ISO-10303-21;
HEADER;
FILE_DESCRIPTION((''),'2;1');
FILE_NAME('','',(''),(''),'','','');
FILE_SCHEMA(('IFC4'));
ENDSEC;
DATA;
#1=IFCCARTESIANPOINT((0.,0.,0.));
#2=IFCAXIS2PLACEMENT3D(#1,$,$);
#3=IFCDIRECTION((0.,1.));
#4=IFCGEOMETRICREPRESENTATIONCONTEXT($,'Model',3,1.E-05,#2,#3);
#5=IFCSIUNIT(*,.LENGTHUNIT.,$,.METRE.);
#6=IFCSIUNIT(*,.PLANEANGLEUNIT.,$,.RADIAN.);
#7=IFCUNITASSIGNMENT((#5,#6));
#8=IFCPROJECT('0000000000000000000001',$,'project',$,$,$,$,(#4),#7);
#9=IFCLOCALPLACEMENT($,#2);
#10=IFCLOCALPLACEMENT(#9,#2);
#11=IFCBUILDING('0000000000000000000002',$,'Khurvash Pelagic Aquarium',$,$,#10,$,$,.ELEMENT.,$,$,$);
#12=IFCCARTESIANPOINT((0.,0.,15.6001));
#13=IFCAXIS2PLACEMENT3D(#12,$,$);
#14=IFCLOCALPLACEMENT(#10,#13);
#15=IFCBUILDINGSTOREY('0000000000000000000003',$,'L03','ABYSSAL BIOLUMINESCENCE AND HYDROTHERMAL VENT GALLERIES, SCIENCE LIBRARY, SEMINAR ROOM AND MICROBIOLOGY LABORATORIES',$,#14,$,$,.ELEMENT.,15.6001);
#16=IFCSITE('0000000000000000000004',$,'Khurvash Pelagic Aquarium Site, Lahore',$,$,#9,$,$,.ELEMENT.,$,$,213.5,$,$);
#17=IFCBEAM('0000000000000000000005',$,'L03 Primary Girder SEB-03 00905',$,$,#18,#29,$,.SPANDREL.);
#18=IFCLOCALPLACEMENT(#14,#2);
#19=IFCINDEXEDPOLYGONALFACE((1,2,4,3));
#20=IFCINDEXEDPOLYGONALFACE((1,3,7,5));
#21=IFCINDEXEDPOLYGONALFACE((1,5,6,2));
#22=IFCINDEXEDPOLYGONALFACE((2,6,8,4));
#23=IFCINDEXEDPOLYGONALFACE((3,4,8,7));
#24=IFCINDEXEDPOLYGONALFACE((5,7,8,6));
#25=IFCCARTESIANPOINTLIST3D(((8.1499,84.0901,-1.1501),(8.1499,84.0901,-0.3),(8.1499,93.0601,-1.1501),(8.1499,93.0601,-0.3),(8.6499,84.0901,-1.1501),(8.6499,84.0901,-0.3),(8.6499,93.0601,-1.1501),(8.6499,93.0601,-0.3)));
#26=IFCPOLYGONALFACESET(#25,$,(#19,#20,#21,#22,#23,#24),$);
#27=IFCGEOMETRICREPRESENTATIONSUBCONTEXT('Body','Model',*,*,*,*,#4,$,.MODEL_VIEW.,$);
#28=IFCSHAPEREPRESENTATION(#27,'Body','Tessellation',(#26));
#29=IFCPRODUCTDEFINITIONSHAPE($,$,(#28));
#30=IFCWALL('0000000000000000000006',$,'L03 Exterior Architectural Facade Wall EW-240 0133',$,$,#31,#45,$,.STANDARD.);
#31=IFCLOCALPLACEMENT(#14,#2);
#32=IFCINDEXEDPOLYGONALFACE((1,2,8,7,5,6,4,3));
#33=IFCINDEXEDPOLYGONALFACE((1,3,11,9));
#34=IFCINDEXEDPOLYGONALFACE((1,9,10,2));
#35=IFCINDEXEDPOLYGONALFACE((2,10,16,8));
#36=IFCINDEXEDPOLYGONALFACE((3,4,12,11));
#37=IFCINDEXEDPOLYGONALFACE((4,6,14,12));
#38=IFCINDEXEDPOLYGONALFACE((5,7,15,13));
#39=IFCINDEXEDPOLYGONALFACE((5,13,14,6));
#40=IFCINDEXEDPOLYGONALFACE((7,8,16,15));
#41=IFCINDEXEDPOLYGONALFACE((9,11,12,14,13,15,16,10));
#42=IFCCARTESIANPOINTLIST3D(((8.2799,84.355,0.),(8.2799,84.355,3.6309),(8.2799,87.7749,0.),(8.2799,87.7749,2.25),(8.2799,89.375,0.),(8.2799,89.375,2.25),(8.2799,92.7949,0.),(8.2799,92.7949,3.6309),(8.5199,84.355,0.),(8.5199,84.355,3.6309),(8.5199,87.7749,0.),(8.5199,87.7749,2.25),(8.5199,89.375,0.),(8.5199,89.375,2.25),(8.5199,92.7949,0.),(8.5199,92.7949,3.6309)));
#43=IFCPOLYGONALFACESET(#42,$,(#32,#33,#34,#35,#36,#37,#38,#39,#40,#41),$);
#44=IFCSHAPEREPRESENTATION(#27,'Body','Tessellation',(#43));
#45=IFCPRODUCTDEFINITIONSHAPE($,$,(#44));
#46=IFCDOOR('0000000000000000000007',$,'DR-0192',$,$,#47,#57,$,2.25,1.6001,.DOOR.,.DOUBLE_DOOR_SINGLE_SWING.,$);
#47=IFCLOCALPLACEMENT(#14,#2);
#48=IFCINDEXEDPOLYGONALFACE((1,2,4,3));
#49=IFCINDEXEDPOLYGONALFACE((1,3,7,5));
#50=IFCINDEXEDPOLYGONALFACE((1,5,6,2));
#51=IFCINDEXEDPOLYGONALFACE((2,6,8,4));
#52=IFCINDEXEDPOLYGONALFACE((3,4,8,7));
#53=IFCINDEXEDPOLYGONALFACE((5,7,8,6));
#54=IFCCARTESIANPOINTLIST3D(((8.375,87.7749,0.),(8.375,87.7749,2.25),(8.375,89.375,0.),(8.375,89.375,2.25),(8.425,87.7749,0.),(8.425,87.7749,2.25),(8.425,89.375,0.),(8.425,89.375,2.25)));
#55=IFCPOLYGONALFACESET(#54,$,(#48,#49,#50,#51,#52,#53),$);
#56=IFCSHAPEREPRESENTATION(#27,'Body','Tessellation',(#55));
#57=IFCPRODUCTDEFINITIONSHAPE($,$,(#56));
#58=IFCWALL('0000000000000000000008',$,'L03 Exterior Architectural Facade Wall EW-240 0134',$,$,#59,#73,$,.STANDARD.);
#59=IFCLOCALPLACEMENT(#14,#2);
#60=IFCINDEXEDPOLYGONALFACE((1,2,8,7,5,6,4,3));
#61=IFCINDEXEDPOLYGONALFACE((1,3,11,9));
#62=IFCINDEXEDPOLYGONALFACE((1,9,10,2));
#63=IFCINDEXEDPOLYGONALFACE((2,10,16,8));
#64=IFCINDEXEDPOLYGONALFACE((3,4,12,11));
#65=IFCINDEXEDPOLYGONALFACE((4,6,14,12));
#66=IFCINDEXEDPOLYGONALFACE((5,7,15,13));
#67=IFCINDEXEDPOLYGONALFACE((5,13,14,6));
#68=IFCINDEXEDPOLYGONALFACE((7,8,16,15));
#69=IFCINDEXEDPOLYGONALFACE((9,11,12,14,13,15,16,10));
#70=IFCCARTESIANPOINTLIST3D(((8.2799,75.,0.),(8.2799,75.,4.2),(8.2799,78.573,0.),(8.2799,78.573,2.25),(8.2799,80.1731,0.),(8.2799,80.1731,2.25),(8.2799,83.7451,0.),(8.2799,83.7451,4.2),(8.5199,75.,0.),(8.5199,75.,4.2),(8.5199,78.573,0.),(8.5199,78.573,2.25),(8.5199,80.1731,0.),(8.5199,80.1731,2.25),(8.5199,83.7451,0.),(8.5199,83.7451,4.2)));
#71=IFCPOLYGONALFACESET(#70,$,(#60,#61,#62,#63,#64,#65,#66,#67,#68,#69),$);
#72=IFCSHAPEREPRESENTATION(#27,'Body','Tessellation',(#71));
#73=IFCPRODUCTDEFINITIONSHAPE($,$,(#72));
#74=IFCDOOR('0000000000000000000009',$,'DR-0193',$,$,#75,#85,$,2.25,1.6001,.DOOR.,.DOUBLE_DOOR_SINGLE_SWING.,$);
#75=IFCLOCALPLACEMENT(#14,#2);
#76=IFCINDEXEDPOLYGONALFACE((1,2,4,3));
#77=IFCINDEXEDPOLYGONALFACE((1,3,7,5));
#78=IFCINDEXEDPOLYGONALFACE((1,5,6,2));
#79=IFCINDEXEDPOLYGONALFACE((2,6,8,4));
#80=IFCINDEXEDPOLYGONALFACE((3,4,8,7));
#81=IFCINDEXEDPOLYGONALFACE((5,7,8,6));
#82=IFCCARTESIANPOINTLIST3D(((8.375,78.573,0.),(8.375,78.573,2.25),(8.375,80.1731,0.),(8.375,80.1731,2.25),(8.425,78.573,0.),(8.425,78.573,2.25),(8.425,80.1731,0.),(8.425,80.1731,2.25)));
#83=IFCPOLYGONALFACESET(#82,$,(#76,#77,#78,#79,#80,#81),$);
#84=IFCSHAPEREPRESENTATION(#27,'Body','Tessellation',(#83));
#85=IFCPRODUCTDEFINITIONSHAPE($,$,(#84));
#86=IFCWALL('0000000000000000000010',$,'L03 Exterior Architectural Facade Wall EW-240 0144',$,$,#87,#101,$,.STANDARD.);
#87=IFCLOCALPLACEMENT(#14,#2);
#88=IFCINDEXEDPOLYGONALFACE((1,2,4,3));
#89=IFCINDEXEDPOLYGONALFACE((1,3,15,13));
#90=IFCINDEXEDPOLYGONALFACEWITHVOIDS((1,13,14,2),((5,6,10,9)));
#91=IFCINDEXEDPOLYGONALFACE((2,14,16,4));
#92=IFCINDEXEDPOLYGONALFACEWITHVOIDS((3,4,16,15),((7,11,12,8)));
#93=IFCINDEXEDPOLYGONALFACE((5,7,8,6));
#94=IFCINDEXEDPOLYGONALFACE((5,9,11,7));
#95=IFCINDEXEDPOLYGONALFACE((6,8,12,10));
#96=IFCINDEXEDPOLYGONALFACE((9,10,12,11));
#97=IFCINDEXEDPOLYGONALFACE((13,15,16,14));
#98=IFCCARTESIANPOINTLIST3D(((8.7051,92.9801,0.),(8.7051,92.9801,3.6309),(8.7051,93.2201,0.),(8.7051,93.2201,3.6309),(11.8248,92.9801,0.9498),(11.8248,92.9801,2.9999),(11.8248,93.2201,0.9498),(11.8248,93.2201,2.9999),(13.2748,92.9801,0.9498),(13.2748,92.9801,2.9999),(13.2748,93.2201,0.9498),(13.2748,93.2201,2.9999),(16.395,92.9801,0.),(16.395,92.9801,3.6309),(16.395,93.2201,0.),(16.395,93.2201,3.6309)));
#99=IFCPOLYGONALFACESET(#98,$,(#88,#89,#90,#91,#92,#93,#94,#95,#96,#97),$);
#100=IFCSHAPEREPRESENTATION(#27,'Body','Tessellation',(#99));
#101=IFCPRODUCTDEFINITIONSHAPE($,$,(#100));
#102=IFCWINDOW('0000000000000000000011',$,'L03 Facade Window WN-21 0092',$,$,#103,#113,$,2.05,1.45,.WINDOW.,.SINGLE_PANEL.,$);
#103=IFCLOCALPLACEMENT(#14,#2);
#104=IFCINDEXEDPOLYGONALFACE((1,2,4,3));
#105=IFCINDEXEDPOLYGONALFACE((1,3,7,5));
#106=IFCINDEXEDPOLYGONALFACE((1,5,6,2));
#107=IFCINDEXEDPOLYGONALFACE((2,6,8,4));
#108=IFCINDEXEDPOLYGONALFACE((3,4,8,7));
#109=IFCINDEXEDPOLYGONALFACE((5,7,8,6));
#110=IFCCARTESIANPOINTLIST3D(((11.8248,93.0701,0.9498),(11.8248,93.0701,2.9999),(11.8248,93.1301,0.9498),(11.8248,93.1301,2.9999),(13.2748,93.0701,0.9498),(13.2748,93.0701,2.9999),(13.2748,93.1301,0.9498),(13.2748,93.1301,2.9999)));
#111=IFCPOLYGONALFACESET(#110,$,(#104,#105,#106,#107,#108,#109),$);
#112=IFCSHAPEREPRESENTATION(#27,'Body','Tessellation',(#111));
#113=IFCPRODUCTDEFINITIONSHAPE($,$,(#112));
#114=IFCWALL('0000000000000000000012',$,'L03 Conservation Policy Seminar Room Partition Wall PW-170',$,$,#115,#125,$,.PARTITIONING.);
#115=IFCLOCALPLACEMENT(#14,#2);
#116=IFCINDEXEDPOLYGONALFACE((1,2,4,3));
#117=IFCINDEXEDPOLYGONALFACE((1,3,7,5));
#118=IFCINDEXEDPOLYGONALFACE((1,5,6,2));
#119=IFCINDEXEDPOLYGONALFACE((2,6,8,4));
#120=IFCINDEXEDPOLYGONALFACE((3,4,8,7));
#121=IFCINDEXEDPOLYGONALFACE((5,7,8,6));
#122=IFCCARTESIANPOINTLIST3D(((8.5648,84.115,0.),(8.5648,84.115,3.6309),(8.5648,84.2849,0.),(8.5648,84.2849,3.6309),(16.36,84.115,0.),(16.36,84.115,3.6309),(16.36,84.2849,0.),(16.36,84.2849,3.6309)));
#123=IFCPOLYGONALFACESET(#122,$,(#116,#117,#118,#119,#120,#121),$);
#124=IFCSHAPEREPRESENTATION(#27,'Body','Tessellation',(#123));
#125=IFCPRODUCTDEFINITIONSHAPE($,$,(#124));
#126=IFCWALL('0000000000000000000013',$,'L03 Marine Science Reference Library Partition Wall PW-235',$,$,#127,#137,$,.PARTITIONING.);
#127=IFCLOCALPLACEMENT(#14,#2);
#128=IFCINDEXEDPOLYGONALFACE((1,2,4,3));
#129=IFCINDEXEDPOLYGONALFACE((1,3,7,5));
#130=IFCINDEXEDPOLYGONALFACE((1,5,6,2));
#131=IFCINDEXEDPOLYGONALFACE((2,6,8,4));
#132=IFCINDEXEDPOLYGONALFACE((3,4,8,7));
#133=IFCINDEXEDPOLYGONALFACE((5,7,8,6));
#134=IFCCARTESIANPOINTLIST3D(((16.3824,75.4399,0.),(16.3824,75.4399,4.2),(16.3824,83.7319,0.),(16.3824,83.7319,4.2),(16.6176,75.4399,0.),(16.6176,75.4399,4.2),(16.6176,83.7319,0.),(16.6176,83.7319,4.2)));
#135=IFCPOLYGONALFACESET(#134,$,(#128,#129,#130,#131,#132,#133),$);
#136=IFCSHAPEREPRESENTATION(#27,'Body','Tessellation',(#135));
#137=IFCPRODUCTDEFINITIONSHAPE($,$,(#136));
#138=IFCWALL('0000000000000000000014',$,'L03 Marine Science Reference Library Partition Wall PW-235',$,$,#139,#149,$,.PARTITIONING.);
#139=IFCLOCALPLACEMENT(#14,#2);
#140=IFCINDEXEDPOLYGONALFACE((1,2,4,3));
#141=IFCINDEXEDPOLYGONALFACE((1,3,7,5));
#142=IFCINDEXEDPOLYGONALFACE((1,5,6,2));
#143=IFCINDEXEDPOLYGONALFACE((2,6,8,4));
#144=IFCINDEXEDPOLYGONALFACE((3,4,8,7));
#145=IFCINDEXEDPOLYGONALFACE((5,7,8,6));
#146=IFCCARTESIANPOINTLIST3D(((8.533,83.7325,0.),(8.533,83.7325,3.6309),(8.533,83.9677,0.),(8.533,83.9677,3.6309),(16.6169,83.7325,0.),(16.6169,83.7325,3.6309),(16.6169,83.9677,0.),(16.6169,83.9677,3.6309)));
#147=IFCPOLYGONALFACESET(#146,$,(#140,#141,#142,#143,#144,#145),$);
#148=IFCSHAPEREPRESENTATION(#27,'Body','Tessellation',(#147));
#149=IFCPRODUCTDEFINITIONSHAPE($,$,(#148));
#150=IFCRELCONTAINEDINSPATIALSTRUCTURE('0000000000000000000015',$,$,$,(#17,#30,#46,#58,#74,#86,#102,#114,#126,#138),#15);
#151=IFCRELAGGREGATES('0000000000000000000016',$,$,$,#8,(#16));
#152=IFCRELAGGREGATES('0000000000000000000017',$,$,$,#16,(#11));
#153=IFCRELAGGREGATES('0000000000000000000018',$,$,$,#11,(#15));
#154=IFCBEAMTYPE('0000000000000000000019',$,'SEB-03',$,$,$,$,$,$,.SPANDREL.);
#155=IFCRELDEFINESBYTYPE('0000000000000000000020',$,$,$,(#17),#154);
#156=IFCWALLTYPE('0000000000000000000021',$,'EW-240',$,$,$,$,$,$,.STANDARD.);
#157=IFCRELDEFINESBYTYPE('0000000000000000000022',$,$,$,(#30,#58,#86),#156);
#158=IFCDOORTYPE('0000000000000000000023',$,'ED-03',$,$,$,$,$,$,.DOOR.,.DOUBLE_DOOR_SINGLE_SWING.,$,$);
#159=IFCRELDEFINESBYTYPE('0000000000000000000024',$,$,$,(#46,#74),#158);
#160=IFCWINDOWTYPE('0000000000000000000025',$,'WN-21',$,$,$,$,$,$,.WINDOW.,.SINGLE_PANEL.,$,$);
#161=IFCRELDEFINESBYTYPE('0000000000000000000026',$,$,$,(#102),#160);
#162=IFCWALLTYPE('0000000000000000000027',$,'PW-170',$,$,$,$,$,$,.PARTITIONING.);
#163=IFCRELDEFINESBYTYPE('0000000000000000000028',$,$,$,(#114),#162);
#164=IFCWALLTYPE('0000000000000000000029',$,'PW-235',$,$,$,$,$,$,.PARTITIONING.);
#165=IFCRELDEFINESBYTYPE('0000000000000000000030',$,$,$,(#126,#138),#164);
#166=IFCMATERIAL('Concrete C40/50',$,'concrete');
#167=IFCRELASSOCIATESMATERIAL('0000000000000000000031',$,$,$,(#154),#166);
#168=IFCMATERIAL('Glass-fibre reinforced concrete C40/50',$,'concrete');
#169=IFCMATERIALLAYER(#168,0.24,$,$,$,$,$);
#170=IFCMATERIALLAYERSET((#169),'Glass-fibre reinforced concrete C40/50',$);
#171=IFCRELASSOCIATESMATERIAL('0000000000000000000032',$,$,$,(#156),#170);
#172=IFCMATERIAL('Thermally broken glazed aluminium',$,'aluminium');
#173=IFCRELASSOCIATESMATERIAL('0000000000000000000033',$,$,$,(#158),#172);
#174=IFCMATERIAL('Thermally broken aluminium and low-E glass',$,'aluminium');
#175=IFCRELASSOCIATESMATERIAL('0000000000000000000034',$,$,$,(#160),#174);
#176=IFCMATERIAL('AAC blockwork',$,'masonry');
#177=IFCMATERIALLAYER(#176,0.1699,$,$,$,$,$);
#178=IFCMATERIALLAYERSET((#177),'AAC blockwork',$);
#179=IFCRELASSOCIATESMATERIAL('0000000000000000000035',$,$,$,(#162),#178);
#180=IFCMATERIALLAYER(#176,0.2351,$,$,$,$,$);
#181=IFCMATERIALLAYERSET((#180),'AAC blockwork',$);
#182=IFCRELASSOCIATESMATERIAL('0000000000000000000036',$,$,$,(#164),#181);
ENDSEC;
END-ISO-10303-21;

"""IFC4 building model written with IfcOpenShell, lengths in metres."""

from ifc_helpers import new_model, si_unit, direction, frame, frame_2d, origin, origin_2d, place, context, subcontext, project, spatial, rectangle, extrude, material, layer, layer_set, material_profile, profile_set, type_object, element, fill, save


model = new_model("IFC4")

# Units and contexts
model_context = context("Model", 3, precision=1e-05, world=origin(), true_north=direction((0.0, 1.0)))
body_context = subcontext(model_context, "Body", "Model", "MODEL_VIEW")
ifc_project = project(units=[si_unit("LENGTHUNIT", "METRE"), si_unit("PLANEANGLEUNIT", "RADIAN")], contexts=[model_context])

# Site, building, storey
site_placement = place(None, origin())
site = spatial("IfcSite", under=ifc_project, at=site_placement, Name="Khurvash Pelagic Aquarium Site, Lahore", CompositionType="ELEMENT", RefElevation=213.5)
building_placement = place(site_placement, origin())
building = spatial("IfcBuilding", under=site, at=building_placement, Name="Khurvash Pelagic Aquarium", CompositionType="ELEMENT")
storey_placement = place(building_placement, frame((0.0, 0.0, 15.6001)))
storey = spatial("IfcBuildingStorey", under=building, at=storey_placement, Name="L03", Description="ABYSSAL BIOLUMINESCENCE AND HYDROTHERMAL VENT GALLERIES, SCIENCE LIBRARY, SEMINAR ROOM AND MICROBIOLOGY LABORATORIES", CompositionType="ELEMENT", Elevation=15.6001)

# Shared definitions
ifc_material_1 = material(Name="Concrete C40/50", Category="concrete")

# Beam
ifc_material_profile_1 = material_profile(ifc_material_1, rectangle(XDim=0.5, YDim=0.8501, at=origin_2d()), Name="RC500X850")
ifc_profile_set_1 = profile_set([ifc_material_profile_1], Name="Concrete C40/50")
beam_type_1 = type_object("IfcBeamType", Name="SEB-03", PredefinedType="SPANDREL", material=ifc_profile_set_1)
for number, where, z_axis, x_axis, name in (
    (1, (8.3999, 84.0901, -0.7251), (0.0, 1.0, 0.0), (-1.0, 0.0, 0.0), "L03 Primary Girder SEB-03 00905"),
):
    element("IfcBeam", number, at=place(storey_placement, frame(where, z_axis=z_axis, x_axis=x_axis)), inside=storey, type_object=beam_type_1, Name=name, PredefinedType="SPANDREL", context=body_context, shape_type="SweptSolid", body=[
        extrude(rectangle(XDim=0.5, YDim=0.8501, at=origin_2d()), origin(), (0.0, 0.0, 1.0), 8.97),
    ])

# Walls, openings, doors
ifc_material_2 = material(Name="Glass-fibre reinforced concrete C40/50", Category="concrete")
ifc_layer_1 = layer(ifc_material_2, 0.24)
ifc_layer_set_1 = layer_set([ifc_layer_1], Name="Glass-fibre reinforced concrete C40/50")
wall_type_1 = type_object("IfcWallType", Name="EW-240", PredefinedType="STANDARD", material=ifc_layer_set_1)
wall_1_placement = place(storey_placement, frame((8.3999, 92.7949, 0.0), z_axis=(0.0, 0.0, 1.0), x_axis=(0.0, -1.0, 0.0)))
wall_1 = element("IfcWall", 2, at=wall_1_placement, inside=storey, type_object=wall_type_1, Name="L03 Exterior Architectural Facade Wall EW-240 0133", PredefinedType="STANDARD", context=body_context, shape_type="SweptSolid", body=[
    extrude(rectangle(XDim=8.4399, YDim=0.24, at=frame_2d((4.22, 0.0))), origin(), (0.0, 0.0, 1.0), 3.6309),
])
opening_1_placement = place(wall_1_placement, frame((3.4199, 0.0, 0.0)))
opening_1 = element("IfcOpeningElement", 3, at=opening_1_placement, cuts=wall_1, PredefinedType="OPENING", context=body_context, shape_type="SweptSolid", body=[
    extrude(rectangle(XDim=1.6001, YDim=2.25, at=frame_2d((0.8, 1.125))), frame((0.0, 0.1299, 0.0), z_axis=(0.0, -1.0, 0.0), x_axis=(1.0, 0.0, 0.0)), (0.0, 0.0, 1.0), 0.26),
])
ifc_material_3 = material(Name="Thermally broken glazed aluminium", Category="aluminium")
door_type = type_object("IfcDoorType", Name="ED-03", OperationType="DOUBLE_DOOR_SINGLE_SWING", PredefinedType="DOOR", material=ifc_material_3)
door_1_placement = place(opening_1_placement, frame((1.6001, 0.0, 0.0), z_axis=(0.0, 0.0, 1.0), x_axis=(-1.0, 0.0, 0.0)))
door_1 = element("IfcDoor", 4, at=door_1_placement, inside=storey, type_object=door_type, Name="DR-0192", OperationType="DOUBLE_DOOR_SINGLE_SWING", OverallHeight=2.25, OverallWidth=1.6001, PredefinedType="DOOR", context=body_context, shape_type="SweptSolid", body=[
    extrude(rectangle(XDim=1.6001, YDim=2.25, at=frame_2d((0.8, 1.125))), frame((0.0, 0.0249, 0.0), z_axis=(0.0, -1.0, 0.0), x_axis=(1.0, 0.0, 0.0)), (0.0, 0.0, 1.0), 0.05),
])
fill(opening_1, door_1)
wall_2_placement = place(storey_placement, frame((8.3999, 83.7451, 0.0), z_axis=(0.0, 0.0, 1.0), x_axis=(0.0, -1.0, 0.0)))
wall_2 = element("IfcWall", 5, at=wall_2_placement, inside=storey, type_object=wall_type_1, Name="L03 Exterior Architectural Facade Wall EW-240 0134", PredefinedType="STANDARD", context=body_context, shape_type="SweptSolid", body=[
    extrude(rectangle(XDim=8.7451, YDim=0.24, at=frame_2d((4.3726, 0.0))), origin(), (0.0, 0.0, 1.0), 4.2),
])
opening_2_placement = place(wall_2_placement, frame((3.572, 0.0, 0.0)))
opening_2 = element("IfcOpeningElement", 6, at=opening_2_placement, cuts=wall_2, PredefinedType="OPENING", context=body_context, shape_type="SweptSolid", body=[
    extrude(rectangle(XDim=1.6001, YDim=2.25, at=frame_2d((0.8, 1.125))), frame((0.0, 0.1299, 0.0), z_axis=(0.0, -1.0, 0.0), x_axis=(1.0, 0.0, 0.0)), (0.0, 0.0, 1.0), 0.26),
])
door_2_placement = place(opening_2_placement, frame((1.6001, 0.0, 0.0), z_axis=(0.0, 0.0, 1.0), x_axis=(-1.0, 0.0, 0.0)))
door_2 = element("IfcDoor", 7, at=door_2_placement, inside=storey, type_object=door_type, Name="DR-0193", OperationType="DOUBLE_DOOR_SINGLE_SWING", OverallHeight=2.25, OverallWidth=1.6001, PredefinedType="DOOR", context=body_context, shape_type="SweptSolid", body=[
    extrude(rectangle(XDim=1.6001, YDim=2.25, at=frame_2d((0.8, 1.125))), frame((0.0, 0.0249, 0.0), z_axis=(0.0, -1.0, 0.0), x_axis=(1.0, 0.0, 0.0)), (0.0, 0.0, 1.0), 0.05),
])
fill(opening_2, door_2)

# Wall, opening, window
wall_3_placement = place(storey_placement, frame((16.395, 93.1001, 0.0), z_axis=(0.0, 0.0, 1.0), x_axis=(-1.0, 0.0, 0.0)))
wall_3 = element("IfcWall", 8, at=wall_3_placement, inside=storey, type_object=wall_type_1, Name="L03 Exterior Architectural Facade Wall EW-240 0144", PredefinedType="STANDARD", context=body_context, shape_type="SweptSolid", body=[
    extrude(rectangle(XDim=7.6899, YDim=0.24, at=frame_2d((3.845, 0.0))), origin(), (0.0, 0.0, 1.0), 3.6309),
])
opening_3_placement = place(wall_3_placement, frame((3.1201, 0.0, 0.95)))
opening_3 = element("IfcOpeningElement", 9, at=opening_3_placement, cuts=wall_3, PredefinedType="OPENING", context=body_context, shape_type="SweptSolid", body=[
    extrude(rectangle(XDim=1.45, YDim=2.05, at=frame_2d((0.7251, 1.0249))), frame((0.0, 0.1299, 0.0), z_axis=(0.0, -1.0, 0.0), x_axis=(1.0, 0.0, 0.0)), (0.0, 0.0, 1.0), 0.26),
])
ifc_material_4 = material(Name="Thermally broken aluminium and low-E glass", Category="aluminium")
window_type = type_object("IfcWindowType", Name="WN-21", PartitioningType="SINGLE_PANEL", PredefinedType="WINDOW", material=ifc_material_4)
window_placement = place(opening_3_placement, origin())
window = element("IfcWindow", 10, at=window_placement, inside=storey, type_object=window_type, Name="L03 Facade Window WN-21 0092", OverallHeight=2.05, OverallWidth=1.45, PartitioningType="SINGLE_PANEL", PredefinedType="WINDOW", context=body_context, shape_type="SweptSolid", body=[
    extrude(rectangle(XDim=1.45, YDim=2.05, at=frame_2d((0.7251, 1.0249))), frame((0.0, 0.03, 0.0), z_axis=(0.0, -1.0, 0.0), x_axis=(1.0, 0.0, 0.0)), (0.0, 0.0, 1.0), 0.0601),
])
fill(opening_3, window)

# Walls
ifc_material_5 = material(Name="AAC blockwork", Category="masonry")
ifc_layer_2 = layer(ifc_material_5, 0.1699)
ifc_layer_set_2 = layer_set([ifc_layer_2], Name="AAC blockwork")
wall_type_2 = type_object("IfcWallType", Name="PW-170", PredefinedType="PARTITIONING", material=ifc_layer_set_2)
wall_4_placement = place(storey_placement, frame((8.5649, 84.2, 0.0), z_axis=(0.0, 0.0, 1.0), x_axis=(1.0, 0.0, 0.0)))
element("IfcWall", 11, at=wall_4_placement, inside=storey, type_object=wall_type_2, Name="L03 Conservation Policy Seminar Room Partition Wall PW-170", PredefinedType="PARTITIONING", context=body_context, shape_type="SweptSolid", body=[
    extrude(rectangle(XDim=7.7952, YDim=0.1699, at=frame_2d((3.8975, 0.0))), origin(), (0.0, 0.0, 1.0), 3.6309),
])
ifc_layer_3 = layer(ifc_material_5, 0.2351)
ifc_layer_set_3 = layer_set([ifc_layer_3], Name="AAC blockwork")
wall_type_3 = type_object("IfcWallType", Name="PW-235", PredefinedType="PARTITIONING", material=ifc_layer_set_3)
wall_5_placement = place(storey_placement, frame((16.5, 75.4399, 0.0), z_axis=(0.0, 0.0, 1.0), x_axis=(0.0, 1.0, 0.0)))
element("IfcWall", 12, at=wall_5_placement, inside=storey, type_object=wall_type_3, Name="L03 Marine Science Reference Library Partition Wall PW-235", PredefinedType="PARTITIONING", context=body_context, shape_type="SweptSolid", body=[
    extrude(rectangle(XDim=8.292, YDim=0.2351, at=frame_2d((4.146, 0.0))), origin(), (0.0, 0.0, 1.0), 4.2),
])
wall_6_placement = place(storey_placement, frame((8.533, 83.8501, 0.0), z_axis=(0.0, 0.0, 1.0), x_axis=(1.0, 0.0, 0.0)))
element("IfcWall", 13, at=wall_6_placement, inside=storey, type_object=wall_type_3, Name="L03 Marine Science Reference Library Partition Wall PW-235", PredefinedType="PARTITIONING", context=body_context, shape_type="SweptSolid", body=[
    extrude(rectangle(XDim=8.084, YDim=0.2351, at=frame_2d((4.042, 0.0))), origin(), (0.0, 0.0, 1.0), 3.6309),
])

save(model, "model.ifc")
